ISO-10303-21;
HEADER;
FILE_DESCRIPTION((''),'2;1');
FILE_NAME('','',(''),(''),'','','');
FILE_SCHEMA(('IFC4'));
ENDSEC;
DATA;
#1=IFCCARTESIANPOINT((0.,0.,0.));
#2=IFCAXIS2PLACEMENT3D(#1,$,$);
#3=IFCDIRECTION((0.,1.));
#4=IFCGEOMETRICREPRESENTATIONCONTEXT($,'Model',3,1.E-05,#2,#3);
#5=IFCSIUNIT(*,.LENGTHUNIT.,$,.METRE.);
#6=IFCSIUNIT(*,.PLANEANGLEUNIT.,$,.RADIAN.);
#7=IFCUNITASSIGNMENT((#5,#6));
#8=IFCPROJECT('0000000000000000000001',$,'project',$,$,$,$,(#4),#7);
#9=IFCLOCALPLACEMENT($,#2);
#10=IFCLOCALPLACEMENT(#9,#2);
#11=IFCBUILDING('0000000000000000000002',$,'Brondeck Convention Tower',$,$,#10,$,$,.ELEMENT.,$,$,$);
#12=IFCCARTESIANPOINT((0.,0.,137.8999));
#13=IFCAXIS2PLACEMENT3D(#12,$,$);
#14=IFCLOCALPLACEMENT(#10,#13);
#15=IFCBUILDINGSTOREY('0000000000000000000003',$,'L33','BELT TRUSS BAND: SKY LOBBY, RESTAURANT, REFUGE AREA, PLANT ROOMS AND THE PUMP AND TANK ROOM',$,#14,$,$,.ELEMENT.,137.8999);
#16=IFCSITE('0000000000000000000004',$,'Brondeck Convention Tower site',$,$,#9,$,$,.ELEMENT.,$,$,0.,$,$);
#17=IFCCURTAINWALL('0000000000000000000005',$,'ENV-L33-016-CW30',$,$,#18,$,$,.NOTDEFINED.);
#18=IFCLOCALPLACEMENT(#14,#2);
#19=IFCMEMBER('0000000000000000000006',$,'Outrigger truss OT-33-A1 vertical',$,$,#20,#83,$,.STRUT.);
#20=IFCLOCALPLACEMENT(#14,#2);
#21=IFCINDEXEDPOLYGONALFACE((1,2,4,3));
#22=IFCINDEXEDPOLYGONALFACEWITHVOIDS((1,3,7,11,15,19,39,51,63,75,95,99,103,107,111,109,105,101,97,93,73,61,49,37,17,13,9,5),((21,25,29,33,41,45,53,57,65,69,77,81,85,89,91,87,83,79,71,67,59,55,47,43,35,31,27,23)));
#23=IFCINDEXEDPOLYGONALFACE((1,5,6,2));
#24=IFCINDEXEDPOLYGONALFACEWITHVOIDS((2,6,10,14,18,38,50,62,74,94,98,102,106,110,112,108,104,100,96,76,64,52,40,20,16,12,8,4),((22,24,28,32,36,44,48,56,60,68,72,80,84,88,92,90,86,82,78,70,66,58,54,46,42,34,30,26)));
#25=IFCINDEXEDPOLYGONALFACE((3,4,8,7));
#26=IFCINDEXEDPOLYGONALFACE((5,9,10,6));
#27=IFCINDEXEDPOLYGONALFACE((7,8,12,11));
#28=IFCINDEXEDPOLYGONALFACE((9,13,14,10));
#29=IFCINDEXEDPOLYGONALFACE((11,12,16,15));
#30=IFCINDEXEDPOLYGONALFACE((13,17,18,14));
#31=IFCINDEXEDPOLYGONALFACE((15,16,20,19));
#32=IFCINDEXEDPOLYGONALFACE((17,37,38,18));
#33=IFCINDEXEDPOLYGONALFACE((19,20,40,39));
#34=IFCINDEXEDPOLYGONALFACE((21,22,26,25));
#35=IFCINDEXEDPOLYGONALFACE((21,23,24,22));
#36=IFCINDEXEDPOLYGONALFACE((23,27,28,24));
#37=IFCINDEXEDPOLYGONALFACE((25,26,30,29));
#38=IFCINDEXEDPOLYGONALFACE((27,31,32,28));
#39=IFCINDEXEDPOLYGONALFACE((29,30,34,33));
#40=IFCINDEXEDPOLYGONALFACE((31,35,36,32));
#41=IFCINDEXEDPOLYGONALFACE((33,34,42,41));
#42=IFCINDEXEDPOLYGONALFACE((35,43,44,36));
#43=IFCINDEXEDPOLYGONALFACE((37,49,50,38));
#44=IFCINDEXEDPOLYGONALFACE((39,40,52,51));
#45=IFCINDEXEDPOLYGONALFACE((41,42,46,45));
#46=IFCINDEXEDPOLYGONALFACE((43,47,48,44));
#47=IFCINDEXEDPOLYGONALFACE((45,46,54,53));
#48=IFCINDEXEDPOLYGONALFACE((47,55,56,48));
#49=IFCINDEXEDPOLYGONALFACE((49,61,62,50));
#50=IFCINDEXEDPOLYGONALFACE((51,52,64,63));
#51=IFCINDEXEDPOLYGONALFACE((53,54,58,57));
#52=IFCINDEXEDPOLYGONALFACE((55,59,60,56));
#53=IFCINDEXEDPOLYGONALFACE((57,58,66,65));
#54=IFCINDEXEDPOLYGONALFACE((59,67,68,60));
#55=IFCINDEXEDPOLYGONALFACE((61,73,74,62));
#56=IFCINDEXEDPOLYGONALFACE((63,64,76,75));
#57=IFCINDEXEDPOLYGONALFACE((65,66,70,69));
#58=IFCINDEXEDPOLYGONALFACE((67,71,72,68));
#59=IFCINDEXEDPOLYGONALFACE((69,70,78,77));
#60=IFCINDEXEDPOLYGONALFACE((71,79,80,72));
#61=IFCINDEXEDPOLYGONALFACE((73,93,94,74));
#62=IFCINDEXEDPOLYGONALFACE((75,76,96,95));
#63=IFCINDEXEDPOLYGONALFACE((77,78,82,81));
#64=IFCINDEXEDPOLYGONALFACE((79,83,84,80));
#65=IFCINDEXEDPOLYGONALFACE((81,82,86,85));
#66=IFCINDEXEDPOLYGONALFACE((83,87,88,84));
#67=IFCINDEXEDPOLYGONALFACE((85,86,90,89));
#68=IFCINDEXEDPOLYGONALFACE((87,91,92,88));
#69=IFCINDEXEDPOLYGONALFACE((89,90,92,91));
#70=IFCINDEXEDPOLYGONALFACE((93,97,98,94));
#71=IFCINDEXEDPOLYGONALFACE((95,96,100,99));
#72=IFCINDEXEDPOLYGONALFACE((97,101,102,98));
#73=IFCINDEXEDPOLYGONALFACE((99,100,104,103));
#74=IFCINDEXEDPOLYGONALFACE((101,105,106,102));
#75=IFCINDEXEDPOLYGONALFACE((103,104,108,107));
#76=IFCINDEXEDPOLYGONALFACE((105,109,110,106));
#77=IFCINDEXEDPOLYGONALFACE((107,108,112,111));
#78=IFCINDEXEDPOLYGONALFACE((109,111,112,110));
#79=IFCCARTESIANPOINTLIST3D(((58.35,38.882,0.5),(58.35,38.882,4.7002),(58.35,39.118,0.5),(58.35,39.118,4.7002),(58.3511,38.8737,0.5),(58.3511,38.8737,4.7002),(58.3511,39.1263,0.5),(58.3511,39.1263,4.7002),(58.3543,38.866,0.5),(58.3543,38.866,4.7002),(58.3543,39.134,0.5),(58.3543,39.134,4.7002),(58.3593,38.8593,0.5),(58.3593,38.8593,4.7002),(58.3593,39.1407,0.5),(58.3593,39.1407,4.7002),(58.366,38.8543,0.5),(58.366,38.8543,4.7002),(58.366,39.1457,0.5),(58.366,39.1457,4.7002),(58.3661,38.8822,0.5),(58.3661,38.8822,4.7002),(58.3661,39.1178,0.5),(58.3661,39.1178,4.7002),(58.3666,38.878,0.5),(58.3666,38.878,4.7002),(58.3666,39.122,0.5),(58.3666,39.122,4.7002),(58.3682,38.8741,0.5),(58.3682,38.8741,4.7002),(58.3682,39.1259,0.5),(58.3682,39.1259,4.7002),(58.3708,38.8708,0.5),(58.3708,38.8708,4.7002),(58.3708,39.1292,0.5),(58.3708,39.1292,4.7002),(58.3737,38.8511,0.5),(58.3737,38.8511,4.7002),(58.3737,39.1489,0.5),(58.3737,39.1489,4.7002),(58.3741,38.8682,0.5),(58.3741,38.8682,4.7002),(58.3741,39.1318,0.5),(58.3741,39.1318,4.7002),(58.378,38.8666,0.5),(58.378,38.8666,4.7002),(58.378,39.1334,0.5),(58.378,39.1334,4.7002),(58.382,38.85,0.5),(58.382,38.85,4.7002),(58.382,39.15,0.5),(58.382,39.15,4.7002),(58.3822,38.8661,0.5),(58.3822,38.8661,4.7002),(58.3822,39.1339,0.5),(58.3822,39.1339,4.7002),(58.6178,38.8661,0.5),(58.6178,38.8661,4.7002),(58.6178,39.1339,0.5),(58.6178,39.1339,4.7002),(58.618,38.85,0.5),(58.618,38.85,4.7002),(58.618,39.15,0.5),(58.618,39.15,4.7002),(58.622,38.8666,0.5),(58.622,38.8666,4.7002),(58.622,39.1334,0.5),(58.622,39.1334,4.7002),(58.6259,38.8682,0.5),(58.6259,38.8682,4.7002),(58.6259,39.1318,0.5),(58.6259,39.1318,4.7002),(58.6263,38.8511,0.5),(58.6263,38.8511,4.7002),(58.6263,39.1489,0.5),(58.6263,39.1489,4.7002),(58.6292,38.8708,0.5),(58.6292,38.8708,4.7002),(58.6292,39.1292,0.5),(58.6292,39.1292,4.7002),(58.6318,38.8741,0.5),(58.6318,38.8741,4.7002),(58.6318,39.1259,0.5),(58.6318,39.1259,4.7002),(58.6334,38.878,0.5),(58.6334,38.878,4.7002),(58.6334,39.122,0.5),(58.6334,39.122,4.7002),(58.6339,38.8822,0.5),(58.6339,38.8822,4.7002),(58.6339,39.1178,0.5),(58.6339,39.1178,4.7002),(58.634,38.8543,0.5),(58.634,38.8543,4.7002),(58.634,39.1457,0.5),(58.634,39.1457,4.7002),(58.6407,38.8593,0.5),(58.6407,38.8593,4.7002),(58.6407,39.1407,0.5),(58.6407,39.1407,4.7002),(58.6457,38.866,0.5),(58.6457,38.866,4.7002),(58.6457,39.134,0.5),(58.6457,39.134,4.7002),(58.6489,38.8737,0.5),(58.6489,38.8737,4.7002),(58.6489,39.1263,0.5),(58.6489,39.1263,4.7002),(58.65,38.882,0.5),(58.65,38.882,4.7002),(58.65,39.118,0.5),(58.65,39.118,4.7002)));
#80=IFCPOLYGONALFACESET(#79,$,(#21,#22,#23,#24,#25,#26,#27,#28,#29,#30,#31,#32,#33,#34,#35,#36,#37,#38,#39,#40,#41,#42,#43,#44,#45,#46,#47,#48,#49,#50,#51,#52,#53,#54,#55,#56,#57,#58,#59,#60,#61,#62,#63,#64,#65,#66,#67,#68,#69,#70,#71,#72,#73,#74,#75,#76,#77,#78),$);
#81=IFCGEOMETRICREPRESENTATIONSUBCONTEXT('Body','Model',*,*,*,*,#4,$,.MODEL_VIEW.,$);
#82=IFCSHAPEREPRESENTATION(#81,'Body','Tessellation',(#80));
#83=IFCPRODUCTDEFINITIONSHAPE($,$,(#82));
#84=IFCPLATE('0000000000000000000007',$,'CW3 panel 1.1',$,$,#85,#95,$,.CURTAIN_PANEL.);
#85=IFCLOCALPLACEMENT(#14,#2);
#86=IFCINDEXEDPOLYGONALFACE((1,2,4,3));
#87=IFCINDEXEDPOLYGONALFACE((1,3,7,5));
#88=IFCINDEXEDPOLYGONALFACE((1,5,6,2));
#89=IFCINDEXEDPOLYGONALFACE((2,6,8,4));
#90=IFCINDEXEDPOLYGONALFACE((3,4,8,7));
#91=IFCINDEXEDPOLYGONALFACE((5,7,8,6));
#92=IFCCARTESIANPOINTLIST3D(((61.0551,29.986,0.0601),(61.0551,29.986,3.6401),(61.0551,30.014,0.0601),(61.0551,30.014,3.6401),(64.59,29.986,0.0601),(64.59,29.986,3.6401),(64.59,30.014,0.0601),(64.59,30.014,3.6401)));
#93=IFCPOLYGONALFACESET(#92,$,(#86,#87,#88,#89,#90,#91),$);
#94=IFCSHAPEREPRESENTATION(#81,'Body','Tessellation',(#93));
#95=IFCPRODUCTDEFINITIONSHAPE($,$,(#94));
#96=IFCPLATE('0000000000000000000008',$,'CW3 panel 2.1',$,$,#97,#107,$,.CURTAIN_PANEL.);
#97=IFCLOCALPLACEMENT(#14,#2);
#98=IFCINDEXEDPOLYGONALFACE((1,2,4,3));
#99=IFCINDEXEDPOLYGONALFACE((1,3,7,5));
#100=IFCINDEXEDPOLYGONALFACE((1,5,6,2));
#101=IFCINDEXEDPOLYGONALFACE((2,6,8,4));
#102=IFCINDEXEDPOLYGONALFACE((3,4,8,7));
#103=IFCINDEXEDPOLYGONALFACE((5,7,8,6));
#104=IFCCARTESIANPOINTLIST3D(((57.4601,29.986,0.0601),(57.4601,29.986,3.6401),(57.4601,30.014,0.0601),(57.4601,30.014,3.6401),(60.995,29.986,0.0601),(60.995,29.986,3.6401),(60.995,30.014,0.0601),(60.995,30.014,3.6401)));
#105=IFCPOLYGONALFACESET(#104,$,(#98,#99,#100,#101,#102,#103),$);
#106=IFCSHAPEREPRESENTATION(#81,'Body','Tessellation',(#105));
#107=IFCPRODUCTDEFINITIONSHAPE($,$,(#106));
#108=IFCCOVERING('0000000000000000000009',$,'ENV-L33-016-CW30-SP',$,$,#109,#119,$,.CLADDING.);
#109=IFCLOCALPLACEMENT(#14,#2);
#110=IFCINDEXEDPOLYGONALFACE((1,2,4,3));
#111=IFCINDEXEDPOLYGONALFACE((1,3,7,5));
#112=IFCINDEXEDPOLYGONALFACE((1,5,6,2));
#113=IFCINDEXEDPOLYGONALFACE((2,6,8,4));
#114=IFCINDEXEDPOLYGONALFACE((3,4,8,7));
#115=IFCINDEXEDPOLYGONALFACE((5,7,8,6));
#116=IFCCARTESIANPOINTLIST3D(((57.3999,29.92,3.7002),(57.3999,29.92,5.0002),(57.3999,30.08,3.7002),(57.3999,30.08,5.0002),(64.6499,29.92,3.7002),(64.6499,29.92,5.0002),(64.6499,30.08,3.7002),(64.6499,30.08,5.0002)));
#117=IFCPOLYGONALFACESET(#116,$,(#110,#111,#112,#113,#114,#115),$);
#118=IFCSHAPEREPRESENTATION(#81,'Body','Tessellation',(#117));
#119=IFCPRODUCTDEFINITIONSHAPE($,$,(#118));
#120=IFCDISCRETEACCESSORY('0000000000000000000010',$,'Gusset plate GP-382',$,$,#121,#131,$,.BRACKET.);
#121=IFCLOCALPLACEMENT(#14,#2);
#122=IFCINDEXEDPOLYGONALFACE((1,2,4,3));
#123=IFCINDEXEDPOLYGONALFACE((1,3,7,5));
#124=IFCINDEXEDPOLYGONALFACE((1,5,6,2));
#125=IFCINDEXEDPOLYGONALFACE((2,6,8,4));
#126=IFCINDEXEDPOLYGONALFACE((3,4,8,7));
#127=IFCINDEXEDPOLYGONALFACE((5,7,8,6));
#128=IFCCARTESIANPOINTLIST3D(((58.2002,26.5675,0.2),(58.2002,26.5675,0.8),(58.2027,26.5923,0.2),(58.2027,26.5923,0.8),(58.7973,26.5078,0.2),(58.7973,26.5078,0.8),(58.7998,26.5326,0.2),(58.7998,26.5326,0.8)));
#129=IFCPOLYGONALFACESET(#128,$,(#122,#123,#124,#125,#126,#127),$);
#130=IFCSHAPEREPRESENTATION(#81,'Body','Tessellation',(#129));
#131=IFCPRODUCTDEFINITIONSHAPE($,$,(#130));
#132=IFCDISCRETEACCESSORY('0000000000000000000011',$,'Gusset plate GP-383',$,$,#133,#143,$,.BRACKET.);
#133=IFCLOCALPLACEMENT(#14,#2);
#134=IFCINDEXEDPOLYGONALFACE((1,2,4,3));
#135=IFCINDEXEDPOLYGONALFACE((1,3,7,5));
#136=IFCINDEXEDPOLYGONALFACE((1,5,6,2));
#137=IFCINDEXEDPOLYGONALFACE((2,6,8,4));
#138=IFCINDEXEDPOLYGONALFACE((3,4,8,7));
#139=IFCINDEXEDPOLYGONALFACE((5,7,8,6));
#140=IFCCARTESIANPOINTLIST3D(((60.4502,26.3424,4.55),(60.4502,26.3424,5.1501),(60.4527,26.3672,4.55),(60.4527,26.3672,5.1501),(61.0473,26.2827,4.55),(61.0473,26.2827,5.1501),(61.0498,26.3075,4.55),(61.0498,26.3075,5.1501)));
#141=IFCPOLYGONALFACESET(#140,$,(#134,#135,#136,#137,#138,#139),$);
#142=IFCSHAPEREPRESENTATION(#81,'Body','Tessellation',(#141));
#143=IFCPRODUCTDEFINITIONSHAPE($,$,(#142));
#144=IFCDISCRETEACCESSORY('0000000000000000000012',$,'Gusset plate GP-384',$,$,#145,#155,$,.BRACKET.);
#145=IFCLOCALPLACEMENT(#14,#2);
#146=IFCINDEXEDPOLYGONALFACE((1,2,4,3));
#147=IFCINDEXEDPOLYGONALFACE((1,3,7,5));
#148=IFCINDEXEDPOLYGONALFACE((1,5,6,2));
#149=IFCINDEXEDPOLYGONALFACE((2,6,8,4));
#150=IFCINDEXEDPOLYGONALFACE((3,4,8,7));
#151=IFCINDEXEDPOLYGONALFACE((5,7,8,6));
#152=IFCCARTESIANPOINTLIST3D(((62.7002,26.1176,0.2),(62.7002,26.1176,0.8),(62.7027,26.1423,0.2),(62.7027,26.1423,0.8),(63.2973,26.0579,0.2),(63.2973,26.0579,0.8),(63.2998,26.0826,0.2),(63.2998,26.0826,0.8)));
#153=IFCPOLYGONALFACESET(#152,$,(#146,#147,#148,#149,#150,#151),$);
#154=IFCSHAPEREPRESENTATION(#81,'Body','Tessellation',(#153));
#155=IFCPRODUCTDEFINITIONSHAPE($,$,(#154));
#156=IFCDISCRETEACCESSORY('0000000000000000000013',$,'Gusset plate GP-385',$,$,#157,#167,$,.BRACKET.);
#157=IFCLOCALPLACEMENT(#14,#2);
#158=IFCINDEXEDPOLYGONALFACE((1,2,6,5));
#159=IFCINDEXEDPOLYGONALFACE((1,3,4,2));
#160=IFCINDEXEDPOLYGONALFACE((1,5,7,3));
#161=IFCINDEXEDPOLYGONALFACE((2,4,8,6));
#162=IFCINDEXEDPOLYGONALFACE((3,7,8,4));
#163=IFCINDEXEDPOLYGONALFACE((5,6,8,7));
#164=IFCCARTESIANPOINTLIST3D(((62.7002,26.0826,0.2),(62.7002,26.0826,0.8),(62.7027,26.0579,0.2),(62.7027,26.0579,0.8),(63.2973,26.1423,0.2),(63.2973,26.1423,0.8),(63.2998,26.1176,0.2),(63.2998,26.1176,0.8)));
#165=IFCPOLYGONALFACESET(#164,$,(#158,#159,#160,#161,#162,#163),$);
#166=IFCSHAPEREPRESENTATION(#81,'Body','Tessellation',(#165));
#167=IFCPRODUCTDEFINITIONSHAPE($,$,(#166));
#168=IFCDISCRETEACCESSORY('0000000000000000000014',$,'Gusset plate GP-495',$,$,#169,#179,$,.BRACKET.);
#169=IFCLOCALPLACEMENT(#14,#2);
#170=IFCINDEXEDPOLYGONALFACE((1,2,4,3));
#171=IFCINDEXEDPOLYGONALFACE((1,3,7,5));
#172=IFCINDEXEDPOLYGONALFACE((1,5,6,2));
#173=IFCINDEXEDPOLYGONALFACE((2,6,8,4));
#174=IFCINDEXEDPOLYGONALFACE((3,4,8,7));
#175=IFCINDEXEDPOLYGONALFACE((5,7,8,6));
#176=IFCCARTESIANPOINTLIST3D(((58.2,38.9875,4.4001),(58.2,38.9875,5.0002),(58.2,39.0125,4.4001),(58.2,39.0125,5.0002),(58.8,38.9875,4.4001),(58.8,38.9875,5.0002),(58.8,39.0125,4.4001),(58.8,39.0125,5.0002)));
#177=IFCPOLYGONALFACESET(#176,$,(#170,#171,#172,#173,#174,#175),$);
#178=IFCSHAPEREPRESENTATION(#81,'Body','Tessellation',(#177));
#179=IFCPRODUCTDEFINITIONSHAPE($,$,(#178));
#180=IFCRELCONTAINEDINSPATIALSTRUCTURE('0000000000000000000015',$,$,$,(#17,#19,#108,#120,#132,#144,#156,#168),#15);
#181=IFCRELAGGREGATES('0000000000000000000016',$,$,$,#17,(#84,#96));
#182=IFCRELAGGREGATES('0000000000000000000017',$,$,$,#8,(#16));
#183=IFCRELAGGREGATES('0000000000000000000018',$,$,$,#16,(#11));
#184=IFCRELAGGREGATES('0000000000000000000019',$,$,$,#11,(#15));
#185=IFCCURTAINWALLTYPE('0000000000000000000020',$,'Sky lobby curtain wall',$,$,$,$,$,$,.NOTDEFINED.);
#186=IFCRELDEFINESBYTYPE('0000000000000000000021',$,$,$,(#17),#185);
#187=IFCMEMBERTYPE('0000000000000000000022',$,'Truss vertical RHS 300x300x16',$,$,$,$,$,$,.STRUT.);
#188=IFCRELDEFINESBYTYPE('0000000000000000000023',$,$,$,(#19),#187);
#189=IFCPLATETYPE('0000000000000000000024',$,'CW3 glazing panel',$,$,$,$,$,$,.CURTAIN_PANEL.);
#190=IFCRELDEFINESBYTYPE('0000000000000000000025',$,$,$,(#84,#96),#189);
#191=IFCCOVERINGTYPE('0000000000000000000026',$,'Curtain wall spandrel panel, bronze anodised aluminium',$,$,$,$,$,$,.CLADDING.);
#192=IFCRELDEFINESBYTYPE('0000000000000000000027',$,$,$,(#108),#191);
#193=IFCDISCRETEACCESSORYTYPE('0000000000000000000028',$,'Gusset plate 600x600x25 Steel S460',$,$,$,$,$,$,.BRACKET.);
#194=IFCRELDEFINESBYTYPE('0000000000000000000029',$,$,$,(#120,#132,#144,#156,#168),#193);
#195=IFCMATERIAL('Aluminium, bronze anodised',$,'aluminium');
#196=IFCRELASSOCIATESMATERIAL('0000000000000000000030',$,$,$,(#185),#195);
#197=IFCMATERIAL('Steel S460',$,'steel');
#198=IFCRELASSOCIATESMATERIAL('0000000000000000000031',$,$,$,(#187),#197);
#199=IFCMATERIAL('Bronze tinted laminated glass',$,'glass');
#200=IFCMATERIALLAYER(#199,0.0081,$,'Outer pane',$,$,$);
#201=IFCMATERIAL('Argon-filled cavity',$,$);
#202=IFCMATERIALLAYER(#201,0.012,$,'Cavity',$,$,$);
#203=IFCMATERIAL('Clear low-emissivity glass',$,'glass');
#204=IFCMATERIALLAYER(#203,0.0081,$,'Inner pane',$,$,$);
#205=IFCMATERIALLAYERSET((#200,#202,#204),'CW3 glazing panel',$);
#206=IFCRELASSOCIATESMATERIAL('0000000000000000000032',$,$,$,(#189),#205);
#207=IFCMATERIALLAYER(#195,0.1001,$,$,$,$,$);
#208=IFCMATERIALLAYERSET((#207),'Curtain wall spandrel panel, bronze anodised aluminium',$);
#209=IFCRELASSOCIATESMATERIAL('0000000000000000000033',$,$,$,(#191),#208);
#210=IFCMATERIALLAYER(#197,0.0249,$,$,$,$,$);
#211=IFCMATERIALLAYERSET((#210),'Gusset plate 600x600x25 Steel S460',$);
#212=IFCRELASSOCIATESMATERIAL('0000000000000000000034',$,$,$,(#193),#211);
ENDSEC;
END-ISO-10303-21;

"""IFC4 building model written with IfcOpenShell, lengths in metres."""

from ifc_helpers import new_model, si_unit, direction, frame, origin, origin_2d, place, context, subcontext, project, spatial, rectangle, hollow_rectangle, extrude, material, layer, layer_set, material_profile, profile_set, type_object, element, aggregate, save


model = new_model("IFC4")

# Units and contexts
model_context = context("Model", 3, precision=1e-05, world=origin(), true_north=direction((0.0, 1.0)))
body_context = subcontext(model_context, "Body", "Model", "MODEL_VIEW")
ifc_project = project(units=[si_unit("LENGTHUNIT", "METRE"), si_unit("PLANEANGLEUNIT", "RADIAN")], contexts=[model_context])

# Site, building, storey
site_placement = place(None, origin())
site = spatial("IfcSite", under=ifc_project, at=site_placement, Name="Brondeck Convention Tower site", CompositionType="ELEMENT", RefElevation=0.0)
building_placement = place(site_placement, origin())
building = spatial("IfcBuilding", under=site, at=building_placement, Name="Brondeck Convention Tower", CompositionType="ELEMENT")
storey_placement = place(building_placement, frame((0.0, 0.0, 137.8999)))
storey = spatial("IfcBuildingStorey", under=building, at=storey_placement, Name="L33", Description="BELT TRUSS BAND: SKY LOBBY, RESTAURANT, REFUGE AREA, PLANT ROOMS AND THE PUMP AND TANK ROOM", CompositionType="ELEMENT", Elevation=137.8999)

# Shared definitions
ifc_material_1 = material(Name="Aluminium, bronze anodised", Category="aluminium")
curtain_wall_type = type_object("IfcCurtainWallType", Name="Sky lobby curtain wall", PredefinedType="NOTDEFINED", material=ifc_material_1)

# Curtain wall
curtain_wall_1_placement = place(storey_placement, origin())
curtain_wall_1 = element("IfcCurtainWall", 1, at=curtain_wall_1_placement, inside=storey, type_object=curtain_wall_type, Name="ENV-L33-016-CW30", PredefinedType="NOTDEFINED")

# Shared definitions
ifc_material_2 = material(Name="Steel S460", Category="steel")

# Member
ifc_material_profile_1 = material_profile(ifc_material_2, hollow_rectangle(XDim=0.3, YDim=0.3, WallThickness=0.0161, InnerFilletRadius=0.0161, OuterFilletRadius=0.032, at=origin_2d()), Name="RHS 300x300x16")
ifc_profile_set_1 = profile_set([ifc_material_profile_1], Name="Steel S460")
member_type_1 = type_object("IfcMemberType", Name="Truss vertical RHS 300x300x16", PredefinedType="STRUT", material=ifc_profile_set_1)
member_1_placement = place(storey_placement, frame((58.5, 39.0, 0.5), z_axis=(0.0, 0.0, 1.0), x_axis=(1.0, 0.0, 0.0)))
element("IfcMember", 2, at=member_1_placement, inside=storey, type_object=member_type_1, Name="Outrigger truss OT-33-A1 vertical", PredefinedType="STRUT", context=body_context, shape_type="SweptSolid", body=[
    extrude(hollow_rectangle(XDim=0.3, YDim=0.3, WallThickness=0.0161, InnerFilletRadius=0.0161, OuterFilletRadius=0.032, at=origin_2d()), origin(), (0.0, 0.0, 1.0), 4.2002),
])

# Plates
ifc_material_3 = material(Name="Bronze tinted laminated glass", Category="glass")
ifc_layer_1 = layer(ifc_material_3, 0.0081, Name="Outer pane")
ifc_material_4 = material(Name="Argon-filled cavity")
ifc_layer_2 = layer(ifc_material_4, 0.012, Name="Cavity")
ifc_material_5 = material(Name="Clear low-emissivity glass", Category="glass")
ifc_layer_3 = layer(ifc_material_5, 0.0081, Name="Inner pane")
ifc_layer_set_1 = layer_set([ifc_layer_1, ifc_layer_2, ifc_layer_3], Name="CW3 glazing panel")
plate_type = type_object("IfcPlateType", Name="CW3 glazing panel", PredefinedType="CURTAIN_PANEL", material=ifc_layer_set_1)
plate_1_placement = place(storey_placement, frame((62.8225, 30.0, 0.0601), z_axis=(0.0, 0.0, 1.0), x_axis=(-1.0, 0.0, 0.0)))
plate_1 = element("IfcPlate", 3, at=plate_1_placement, type_object=plate_type, Name="CW3 panel 1.1", PredefinedType="CURTAIN_PANEL", context=body_context, shape_type="SweptSolid", body=[
    extrude(rectangle(XDim=3.5349, YDim=0.0281, at=origin_2d()), origin(), (0.0, 0.0, 1.0), 3.5801),
])
plate_2_placement = place(storey_placement, frame((59.2275, 30.0, 0.0601), z_axis=(0.0, 0.0, 1.0), x_axis=(-1.0, 0.0, 0.0)))
plate_2 = element("IfcPlate", 4, at=plate_2_placement, type_object=plate_type, Name="CW3 panel 2.1", PredefinedType="CURTAIN_PANEL", context=body_context, shape_type="SweptSolid", body=[
    extrude(rectangle(XDim=3.5349, YDim=0.0281, at=origin_2d()), origin(), (0.0, 0.0, 1.0), 3.5801),
])
aggregate(curtain_wall_1, [plate_1, plate_2])

# Covering
ifc_layer_4 = layer(ifc_material_1, 0.1001)
ifc_layer_set_2 = layer_set([ifc_layer_4], Name="Curtain wall spandrel panel, bronze anodised aluminium")
covering_type = type_object("IfcCoveringType", Name="Curtain wall spandrel panel, bronze anodised aluminium", PredefinedType="CLADDING", material=ifc_layer_set_2)
covering_placement = place(storey_placement, frame((61.0249, 30.0, 3.7002), z_axis=(0.0, 0.0, 1.0), x_axis=(-1.0, 0.0, 0.0)))
element("IfcCovering", 5, at=covering_placement, inside=storey, type_object=covering_type, Name="ENV-L33-016-CW30-SP", PredefinedType="CLADDING", context=body_context, shape_type="SweptSolid", body=[
    extrude(rectangle(XDim=7.25, YDim=0.1599, at=origin_2d()), origin(), (0.0, 0.0, 1.0), 1.3),
])

# Discrete accessories
ifc_layer_5 = layer(ifc_material_2, 0.0249)
ifc_layer_set_3 = layer_set([ifc_layer_5], Name="Gusset plate 600x600x25 Steel S460")
discrete_accessory_type = type_object("IfcDiscreteAccessoryType", Name="Gusset plate 600x600x25 Steel S460", PredefinedType="BRACKET", material=ifc_layer_set_3)
for number, where, z_axis, x_axis, name in (
    (6, (58.5, 26.55, 0.2), (0.0, 0.0, 1.0), (-0.995036, 0.099511, 0.0), "Gusset plate GP-382"),
    (7, (60.75, 26.325, 4.55), (0.0, 0.0, 1.0), (-0.995036, 0.099511, 0.0), "Gusset plate GP-383"),
    (8, (63.0, 26.1001, 0.2), (0.0, 0.0, 1.0), (-0.995036, 0.099511, 0.0), "Gusset plate GP-384"),
    (9, (63.0, 26.1001, 0.2), (0.0, 0.0, 1.0), (0.995036, 0.099511, 0.0), "Gusset plate GP-385"),
    (10, (58.5, 39.0, 4.4001), (0.0, 0.0, 1.0), (1.0, 0.0, 0.0), "Gusset plate GP-495"),
):
    element("IfcDiscreteAccessory", number, at=place(storey_placement, frame(where, z_axis=z_axis, x_axis=x_axis)), inside=storey, type_object=discrete_accessory_type, Name=name, PredefinedType="BRACKET", context=body_context, shape_type="SweptSolid", body=[
        extrude(rectangle(XDim=0.6001, YDim=0.0249, at=origin_2d()), origin(), (0.0, 0.0, 1.0), 0.6001),
    ])

save(model, "model.ifc")
